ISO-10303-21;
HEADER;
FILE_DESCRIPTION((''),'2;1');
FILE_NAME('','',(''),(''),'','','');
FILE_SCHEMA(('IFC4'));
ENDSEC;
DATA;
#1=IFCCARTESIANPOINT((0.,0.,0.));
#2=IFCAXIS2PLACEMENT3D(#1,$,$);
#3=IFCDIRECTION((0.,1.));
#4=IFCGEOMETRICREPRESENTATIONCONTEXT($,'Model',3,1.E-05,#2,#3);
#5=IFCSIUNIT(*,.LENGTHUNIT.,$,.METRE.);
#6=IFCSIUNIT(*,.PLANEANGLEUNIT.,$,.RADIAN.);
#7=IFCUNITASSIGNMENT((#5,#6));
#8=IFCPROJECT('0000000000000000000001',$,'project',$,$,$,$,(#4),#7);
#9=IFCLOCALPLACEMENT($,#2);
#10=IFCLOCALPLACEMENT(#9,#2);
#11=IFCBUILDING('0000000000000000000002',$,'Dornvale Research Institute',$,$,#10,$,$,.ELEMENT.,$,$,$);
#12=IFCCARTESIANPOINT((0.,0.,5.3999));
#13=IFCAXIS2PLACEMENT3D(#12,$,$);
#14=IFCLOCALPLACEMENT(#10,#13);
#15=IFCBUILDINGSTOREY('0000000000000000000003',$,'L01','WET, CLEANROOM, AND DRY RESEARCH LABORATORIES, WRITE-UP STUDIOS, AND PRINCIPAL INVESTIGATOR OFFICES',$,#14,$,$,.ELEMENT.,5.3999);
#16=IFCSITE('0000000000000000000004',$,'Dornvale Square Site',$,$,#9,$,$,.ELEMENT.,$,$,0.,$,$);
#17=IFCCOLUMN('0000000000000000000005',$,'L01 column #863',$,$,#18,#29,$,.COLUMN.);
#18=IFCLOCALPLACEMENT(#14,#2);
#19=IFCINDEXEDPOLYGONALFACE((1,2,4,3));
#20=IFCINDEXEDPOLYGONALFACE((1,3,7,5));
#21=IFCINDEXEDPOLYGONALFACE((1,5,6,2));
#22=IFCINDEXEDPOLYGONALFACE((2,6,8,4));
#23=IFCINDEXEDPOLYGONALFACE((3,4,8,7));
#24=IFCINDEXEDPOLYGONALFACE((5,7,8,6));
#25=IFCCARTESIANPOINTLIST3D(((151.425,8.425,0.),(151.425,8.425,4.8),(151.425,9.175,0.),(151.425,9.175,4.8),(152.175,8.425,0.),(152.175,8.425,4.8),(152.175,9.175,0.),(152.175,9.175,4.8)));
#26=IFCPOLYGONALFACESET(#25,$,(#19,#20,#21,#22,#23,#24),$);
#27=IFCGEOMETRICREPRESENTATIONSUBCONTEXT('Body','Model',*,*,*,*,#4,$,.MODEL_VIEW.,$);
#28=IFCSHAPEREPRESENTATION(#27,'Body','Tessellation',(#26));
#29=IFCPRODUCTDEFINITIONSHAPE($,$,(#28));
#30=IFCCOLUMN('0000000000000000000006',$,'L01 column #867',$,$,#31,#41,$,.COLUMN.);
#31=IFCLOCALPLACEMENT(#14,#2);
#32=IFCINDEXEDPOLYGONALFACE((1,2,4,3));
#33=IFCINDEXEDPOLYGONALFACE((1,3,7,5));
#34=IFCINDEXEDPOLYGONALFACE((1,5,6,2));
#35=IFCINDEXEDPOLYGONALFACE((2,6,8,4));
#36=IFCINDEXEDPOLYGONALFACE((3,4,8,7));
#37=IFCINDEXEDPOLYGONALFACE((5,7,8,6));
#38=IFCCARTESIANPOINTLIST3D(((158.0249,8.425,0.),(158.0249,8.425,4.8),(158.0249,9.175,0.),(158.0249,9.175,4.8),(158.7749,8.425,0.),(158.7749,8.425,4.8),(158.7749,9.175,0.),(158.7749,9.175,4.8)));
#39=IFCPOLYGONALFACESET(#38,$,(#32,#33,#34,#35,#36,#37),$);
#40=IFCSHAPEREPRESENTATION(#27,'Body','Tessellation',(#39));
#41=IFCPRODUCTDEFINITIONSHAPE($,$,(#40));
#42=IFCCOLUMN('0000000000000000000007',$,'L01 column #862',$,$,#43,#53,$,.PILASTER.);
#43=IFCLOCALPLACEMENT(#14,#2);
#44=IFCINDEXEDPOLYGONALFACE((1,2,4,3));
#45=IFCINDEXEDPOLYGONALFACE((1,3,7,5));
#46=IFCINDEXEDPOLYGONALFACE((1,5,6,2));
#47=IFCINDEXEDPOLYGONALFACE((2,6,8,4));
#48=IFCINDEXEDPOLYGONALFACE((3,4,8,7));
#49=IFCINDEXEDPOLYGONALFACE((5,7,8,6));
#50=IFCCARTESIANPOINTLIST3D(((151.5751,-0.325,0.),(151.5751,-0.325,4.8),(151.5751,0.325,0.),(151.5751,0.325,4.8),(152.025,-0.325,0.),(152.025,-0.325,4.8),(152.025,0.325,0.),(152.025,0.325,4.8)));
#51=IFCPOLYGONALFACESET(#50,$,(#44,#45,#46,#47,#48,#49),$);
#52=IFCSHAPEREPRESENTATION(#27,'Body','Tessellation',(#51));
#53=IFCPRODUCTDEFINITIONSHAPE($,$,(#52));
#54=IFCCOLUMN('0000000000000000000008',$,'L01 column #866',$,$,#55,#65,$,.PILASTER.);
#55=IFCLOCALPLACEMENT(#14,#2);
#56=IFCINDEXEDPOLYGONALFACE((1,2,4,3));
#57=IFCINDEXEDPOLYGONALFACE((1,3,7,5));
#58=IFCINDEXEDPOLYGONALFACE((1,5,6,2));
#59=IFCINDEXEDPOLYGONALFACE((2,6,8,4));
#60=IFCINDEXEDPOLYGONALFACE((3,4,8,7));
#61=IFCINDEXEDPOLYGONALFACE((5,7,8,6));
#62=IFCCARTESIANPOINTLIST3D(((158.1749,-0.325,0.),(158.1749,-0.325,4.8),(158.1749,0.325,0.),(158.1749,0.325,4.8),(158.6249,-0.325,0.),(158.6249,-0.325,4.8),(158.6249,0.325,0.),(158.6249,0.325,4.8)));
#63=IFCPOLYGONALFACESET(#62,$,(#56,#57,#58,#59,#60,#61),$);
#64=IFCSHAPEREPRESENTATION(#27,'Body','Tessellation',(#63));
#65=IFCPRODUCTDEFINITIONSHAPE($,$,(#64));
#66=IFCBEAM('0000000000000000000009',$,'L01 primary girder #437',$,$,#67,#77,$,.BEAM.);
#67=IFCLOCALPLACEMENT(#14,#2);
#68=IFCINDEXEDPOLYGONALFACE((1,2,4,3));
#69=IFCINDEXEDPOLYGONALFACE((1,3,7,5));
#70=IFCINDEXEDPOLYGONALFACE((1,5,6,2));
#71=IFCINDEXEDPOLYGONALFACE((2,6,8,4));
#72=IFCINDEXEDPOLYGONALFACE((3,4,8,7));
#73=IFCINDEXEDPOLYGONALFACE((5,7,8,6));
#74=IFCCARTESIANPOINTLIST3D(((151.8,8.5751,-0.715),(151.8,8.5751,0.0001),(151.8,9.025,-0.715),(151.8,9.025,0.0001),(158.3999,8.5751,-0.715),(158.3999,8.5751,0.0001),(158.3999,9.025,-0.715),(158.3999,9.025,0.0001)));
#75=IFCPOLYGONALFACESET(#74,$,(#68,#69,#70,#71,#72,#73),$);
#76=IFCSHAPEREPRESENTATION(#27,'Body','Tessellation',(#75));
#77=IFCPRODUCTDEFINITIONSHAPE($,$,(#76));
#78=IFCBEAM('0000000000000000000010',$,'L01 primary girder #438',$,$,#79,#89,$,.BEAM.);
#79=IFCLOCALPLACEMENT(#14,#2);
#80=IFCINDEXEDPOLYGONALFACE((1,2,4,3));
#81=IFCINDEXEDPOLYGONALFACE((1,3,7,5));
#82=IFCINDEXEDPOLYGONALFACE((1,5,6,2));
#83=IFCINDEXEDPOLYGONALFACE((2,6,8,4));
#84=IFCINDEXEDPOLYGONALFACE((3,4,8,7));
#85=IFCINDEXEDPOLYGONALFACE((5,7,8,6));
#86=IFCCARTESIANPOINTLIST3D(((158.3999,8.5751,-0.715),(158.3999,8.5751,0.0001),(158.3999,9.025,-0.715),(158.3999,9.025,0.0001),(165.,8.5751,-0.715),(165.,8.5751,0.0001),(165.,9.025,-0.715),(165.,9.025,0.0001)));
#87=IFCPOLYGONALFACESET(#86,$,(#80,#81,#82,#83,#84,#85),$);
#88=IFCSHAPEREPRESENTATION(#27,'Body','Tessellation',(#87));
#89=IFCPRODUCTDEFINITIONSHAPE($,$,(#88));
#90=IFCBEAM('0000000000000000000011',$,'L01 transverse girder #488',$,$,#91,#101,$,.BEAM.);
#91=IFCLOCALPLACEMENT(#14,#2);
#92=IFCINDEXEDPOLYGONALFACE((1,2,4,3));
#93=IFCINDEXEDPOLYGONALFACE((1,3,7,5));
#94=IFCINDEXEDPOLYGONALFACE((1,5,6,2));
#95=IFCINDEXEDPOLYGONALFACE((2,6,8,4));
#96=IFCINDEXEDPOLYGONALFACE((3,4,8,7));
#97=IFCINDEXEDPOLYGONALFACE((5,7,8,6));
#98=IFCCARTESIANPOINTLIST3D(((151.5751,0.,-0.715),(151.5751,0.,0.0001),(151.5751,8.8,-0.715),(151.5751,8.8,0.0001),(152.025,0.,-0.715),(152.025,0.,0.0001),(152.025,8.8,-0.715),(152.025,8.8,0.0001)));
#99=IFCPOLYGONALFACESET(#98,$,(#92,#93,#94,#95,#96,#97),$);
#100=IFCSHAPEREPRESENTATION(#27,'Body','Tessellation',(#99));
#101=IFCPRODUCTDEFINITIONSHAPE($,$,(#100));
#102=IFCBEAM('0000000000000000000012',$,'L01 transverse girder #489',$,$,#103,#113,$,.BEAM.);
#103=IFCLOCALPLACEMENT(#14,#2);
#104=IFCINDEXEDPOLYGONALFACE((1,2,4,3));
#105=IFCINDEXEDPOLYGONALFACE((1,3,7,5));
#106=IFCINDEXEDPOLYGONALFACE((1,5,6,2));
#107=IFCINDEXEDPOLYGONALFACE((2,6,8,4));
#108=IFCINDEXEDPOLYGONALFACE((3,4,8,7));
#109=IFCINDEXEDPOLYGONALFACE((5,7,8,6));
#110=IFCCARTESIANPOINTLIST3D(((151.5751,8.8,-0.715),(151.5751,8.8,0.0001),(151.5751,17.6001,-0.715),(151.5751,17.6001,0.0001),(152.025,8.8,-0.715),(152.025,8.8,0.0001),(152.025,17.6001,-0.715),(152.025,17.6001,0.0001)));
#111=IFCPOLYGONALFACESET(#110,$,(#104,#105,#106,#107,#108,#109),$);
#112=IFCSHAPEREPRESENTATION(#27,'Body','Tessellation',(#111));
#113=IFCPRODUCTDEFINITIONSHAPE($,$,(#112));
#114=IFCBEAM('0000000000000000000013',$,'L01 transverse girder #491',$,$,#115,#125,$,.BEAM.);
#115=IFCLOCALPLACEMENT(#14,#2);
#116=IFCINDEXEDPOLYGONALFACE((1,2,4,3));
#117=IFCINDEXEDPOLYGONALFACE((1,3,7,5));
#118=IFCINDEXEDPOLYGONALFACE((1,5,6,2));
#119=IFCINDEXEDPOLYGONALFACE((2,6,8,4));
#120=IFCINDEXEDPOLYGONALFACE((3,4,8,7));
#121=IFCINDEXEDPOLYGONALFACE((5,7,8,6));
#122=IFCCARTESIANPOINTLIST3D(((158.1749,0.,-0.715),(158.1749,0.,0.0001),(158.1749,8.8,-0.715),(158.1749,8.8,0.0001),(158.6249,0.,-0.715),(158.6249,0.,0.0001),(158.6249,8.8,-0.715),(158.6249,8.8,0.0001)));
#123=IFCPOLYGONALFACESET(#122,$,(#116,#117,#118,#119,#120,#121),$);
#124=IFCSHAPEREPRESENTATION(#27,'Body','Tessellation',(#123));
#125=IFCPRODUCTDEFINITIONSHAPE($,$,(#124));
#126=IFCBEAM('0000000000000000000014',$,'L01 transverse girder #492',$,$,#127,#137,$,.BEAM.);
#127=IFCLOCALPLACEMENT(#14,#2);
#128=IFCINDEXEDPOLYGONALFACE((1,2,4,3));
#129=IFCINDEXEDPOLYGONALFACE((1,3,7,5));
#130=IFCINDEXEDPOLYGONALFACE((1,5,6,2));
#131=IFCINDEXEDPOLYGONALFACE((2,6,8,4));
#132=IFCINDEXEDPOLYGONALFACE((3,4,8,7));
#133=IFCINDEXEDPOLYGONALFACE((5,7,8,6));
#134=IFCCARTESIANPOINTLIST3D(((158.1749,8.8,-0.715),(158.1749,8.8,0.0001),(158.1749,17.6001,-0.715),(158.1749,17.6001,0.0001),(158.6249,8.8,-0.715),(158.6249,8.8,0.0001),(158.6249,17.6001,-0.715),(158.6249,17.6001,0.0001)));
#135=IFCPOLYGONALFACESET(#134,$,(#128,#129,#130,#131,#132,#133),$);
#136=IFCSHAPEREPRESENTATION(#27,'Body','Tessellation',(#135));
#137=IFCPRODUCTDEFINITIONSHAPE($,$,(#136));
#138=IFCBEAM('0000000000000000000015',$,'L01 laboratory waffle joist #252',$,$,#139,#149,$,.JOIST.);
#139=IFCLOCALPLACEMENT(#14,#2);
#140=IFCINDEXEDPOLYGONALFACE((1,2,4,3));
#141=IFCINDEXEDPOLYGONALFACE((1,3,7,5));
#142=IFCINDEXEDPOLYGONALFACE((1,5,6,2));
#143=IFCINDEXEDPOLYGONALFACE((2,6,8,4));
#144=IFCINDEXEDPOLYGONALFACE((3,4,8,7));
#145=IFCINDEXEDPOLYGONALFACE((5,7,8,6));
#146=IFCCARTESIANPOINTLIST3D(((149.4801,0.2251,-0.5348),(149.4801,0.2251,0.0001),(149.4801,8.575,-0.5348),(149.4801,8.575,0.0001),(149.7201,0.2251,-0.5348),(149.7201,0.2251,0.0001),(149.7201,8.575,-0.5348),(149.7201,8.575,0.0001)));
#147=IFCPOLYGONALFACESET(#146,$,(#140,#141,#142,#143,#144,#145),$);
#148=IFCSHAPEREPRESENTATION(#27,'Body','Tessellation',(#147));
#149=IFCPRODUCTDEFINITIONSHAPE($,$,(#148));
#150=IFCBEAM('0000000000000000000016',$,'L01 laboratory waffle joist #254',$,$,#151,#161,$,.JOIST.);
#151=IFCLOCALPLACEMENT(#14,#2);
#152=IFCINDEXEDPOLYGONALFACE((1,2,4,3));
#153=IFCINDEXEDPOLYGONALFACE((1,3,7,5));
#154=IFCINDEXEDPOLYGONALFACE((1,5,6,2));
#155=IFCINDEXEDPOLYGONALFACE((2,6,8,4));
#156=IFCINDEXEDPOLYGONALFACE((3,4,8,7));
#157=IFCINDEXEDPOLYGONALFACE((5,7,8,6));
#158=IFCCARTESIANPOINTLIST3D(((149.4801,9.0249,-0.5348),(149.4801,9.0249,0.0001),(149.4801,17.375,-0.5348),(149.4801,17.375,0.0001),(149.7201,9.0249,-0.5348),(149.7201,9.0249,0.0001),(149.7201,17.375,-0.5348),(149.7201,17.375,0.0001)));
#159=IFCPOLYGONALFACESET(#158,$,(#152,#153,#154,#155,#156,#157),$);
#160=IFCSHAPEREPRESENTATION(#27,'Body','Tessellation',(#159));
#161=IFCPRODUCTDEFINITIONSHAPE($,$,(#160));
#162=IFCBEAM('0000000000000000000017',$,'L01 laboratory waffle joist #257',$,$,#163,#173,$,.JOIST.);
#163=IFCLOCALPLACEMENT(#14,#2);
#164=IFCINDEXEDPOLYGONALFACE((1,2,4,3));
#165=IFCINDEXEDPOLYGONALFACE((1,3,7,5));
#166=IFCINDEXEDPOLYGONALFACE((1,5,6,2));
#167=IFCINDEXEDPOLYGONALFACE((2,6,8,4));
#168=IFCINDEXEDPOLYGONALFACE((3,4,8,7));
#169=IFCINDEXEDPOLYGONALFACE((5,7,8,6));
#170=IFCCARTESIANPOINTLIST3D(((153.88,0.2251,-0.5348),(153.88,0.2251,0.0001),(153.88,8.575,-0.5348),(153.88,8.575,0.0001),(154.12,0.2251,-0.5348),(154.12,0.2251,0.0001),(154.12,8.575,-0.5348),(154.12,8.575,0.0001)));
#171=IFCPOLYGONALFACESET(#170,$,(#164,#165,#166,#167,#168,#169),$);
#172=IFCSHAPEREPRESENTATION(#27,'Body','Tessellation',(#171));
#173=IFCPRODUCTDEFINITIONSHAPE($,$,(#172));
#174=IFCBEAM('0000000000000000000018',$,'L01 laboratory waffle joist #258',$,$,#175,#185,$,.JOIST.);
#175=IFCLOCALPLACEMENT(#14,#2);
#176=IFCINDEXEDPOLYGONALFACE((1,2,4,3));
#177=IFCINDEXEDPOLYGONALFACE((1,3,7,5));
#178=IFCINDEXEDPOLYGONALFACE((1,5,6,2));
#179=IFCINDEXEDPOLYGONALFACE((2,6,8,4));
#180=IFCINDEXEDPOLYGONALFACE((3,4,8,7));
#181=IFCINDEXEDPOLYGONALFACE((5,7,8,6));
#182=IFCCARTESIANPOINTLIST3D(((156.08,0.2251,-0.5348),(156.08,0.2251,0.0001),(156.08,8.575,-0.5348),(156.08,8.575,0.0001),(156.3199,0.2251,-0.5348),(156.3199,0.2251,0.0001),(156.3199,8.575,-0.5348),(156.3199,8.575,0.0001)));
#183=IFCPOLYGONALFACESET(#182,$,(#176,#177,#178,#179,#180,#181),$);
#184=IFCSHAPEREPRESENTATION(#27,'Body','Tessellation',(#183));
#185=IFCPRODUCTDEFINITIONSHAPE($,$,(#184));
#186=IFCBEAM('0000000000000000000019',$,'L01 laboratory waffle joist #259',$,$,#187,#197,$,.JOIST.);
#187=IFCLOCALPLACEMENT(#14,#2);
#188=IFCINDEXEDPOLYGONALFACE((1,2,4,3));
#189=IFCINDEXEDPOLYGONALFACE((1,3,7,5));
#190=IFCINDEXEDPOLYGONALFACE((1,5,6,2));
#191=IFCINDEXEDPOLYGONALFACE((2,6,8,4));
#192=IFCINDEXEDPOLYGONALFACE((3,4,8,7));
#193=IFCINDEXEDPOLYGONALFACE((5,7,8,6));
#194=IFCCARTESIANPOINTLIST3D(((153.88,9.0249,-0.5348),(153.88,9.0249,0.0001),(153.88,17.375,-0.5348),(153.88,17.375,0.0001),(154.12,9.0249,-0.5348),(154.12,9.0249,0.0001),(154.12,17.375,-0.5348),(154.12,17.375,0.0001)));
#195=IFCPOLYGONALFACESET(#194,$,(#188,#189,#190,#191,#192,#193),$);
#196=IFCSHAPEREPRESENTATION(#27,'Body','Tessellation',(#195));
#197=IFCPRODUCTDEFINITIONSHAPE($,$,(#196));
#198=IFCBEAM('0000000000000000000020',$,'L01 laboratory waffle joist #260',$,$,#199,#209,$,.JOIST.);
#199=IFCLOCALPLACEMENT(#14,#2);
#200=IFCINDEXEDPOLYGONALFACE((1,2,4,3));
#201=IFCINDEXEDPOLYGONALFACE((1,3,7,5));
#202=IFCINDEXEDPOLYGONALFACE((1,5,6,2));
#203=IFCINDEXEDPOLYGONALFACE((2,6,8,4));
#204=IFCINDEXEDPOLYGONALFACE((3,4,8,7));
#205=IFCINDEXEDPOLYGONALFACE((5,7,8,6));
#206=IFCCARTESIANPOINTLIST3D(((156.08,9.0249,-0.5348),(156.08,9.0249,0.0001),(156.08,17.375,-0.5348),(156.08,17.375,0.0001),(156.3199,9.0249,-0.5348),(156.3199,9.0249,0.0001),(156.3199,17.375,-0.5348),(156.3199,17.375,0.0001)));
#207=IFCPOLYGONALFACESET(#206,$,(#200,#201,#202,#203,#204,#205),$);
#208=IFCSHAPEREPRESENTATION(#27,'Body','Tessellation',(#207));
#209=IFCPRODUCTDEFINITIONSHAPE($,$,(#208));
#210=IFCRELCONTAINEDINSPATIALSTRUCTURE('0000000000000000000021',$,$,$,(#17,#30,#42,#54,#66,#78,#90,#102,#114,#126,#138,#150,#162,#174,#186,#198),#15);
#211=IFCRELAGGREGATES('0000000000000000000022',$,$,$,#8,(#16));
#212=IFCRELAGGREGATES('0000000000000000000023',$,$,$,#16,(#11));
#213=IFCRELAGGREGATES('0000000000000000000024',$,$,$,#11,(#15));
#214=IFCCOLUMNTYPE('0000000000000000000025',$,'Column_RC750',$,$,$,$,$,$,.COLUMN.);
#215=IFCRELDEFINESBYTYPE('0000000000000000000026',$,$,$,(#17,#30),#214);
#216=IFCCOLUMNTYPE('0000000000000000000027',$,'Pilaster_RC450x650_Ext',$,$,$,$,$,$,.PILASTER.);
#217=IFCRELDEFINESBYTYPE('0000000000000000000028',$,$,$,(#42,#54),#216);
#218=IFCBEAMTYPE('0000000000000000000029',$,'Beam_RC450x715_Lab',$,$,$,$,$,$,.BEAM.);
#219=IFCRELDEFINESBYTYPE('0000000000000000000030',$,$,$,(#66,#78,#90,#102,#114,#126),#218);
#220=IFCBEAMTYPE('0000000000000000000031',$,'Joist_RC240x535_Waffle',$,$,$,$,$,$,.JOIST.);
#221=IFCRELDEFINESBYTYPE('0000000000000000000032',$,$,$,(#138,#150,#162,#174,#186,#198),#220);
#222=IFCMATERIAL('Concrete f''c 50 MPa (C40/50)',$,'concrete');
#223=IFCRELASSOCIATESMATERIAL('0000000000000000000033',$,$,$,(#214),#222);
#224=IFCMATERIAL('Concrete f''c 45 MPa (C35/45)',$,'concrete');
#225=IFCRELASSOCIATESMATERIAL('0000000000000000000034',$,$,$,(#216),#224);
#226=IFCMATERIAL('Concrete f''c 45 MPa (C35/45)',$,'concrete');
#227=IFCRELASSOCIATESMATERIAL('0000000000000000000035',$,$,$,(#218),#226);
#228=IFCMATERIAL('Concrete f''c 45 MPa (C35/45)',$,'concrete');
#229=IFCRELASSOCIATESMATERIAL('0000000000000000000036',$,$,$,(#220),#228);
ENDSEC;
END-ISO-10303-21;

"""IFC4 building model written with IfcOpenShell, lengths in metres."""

from ifc_helpers import new_model, si_unit, direction, frame, origin, origin_2d, place, context, subcontext, project, spatial, rectangle, extrude, material, material_profile, profile_set, type_object, element, save


model = new_model("IFC4")

# Units and contexts
model_context = context("Model", 3, precision=1e-05, world=origin(), true_north=direction((0.0, 1.0)))
body_context = subcontext(model_context, "Body", "Model", "MODEL_VIEW")
ifc_project = project(units=[si_unit("LENGTHUNIT", "METRE"), si_unit("PLANEANGLEUNIT", "RADIAN")], contexts=[model_context])

# Site, building, storey
site_placement = place(None, origin())
site = spatial("IfcSite", under=ifc_project, at=site_placement, Name="Dornvale Square Site", CompositionType="ELEMENT", RefElevation=0.0)
building_placement = place(site_placement, origin())
building = spatial("IfcBuilding", under=site, at=building_placement, Name="Dornvale Research Institute", CompositionType="ELEMENT")
storey_placement = place(building_placement, frame((0.0, 0.0, 5.3999)))
storey = spatial("IfcBuildingStorey", under=building, at=storey_placement, Name="L01", Description="WET, CLEANROOM, AND DRY RESEARCH LABORATORIES, WRITE-UP STUDIOS, AND PRINCIPAL INVESTIGATOR OFFICES", CompositionType="ELEMENT", Elevation=5.3999)

# Columns
ifc_material_1 = material(Name="Concrete f'c 50 MPa (C40/50)", Category="concrete")
ifc_material_profile_1 = material_profile(ifc_material_1, rectangle(XDim=0.75, YDim=0.75, at=origin_2d()), Name="RC 750x750")
ifc_profile_set_1 = profile_set([ifc_material_profile_1], Name="Concrete f'c 50 MPa (C40/50)")
column_type_1 = type_object("IfcColumnType", Name="Column_RC750", PredefinedType="COLUMN", material=ifc_profile_set_1)
for number, where, z_axis, x_axis, name in (
    (1, (151.8, 8.8, 0.0), (0.0, 0.0, 1.0), (1.0, 0.0, 0.0), "L01 column #863"),
    (2, (158.3999, 8.8, 0.0), (0.0, 0.0, 1.0), (1.0, 0.0, 0.0), "L01 column #867"),
):
    element("IfcColumn", number, at=place(storey_placement, frame(where, z_axis=z_axis, x_axis=x_axis)), inside=storey, type_object=column_type_1, Name=name, PredefinedType="COLUMN", context=body_context, shape_type="SweptSolid", body=[
        extrude(rectangle(XDim=0.75, YDim=0.75, at=origin_2d()), origin(), (0.0, 0.0, 1.0), 4.8),
    ])
ifc_material_2 = material(Name="Concrete f'c 45 MPa (C35/45)", Category="concrete")
ifc_material_profile_2 = material_profile(ifc_material_2, rectangle(XDim=0.45, YDim=0.6499, at=origin_2d()), Name="RC 450x650")
ifc_profile_set_2 = profile_set([ifc_material_profile_2], Name="Concrete f'c 45 MPa (C35/45)")
column_type_2 = type_object("IfcColumnType", Name="Pilaster_RC450x650_Ext", PredefinedType="PILASTER", material=ifc_profile_set_2)
for number, where, z_axis, x_axis, name in (
    (3, (151.8, 0.0, 0.0), (0.0, 0.0, 1.0), (1.0, 0.0, 0.0), "L01 column #862"),
    (4, (158.3999, 0.0, 0.0), (0.0, 0.0, 1.0), (1.0, 0.0, 0.0), "L01 column #866"),
):
    element("IfcColumn", number, at=place(storey_placement, frame(where, z_axis=z_axis, x_axis=x_axis)), inside=storey, type_object=column_type_2, Name=name, PredefinedType="PILASTER", context=body_context, shape_type="SweptSolid", body=[
        extrude(rectangle(XDim=0.45, YDim=0.6499, at=origin_2d()), origin(), (0.0, 0.0, 1.0), 4.8),
    ])

# Beams
ifc_material_3 = material(Name="Concrete f'c 45 MPa (C35/45)", Category="concrete")
ifc_material_profile_3 = material_profile(ifc_material_3, rectangle(XDim=0.45, YDim=0.7151, at=origin_2d()), Name="RC 450x715")
ifc_profile_set_3 = profile_set([ifc_material_profile_3], Name="Concrete f'c 45 MPa (C35/45)")
beam_type_1 = type_object("IfcBeamType", Name="Beam_RC450x715_Lab", PredefinedType="BEAM", material=ifc_profile_set_3)
beam_1_placement = place(storey_placement, frame((151.8, 8.8, -0.3574), z_axis=(1.0, 0.0, 0.0), x_axis=(0.0, 1.0, 0.0)))
element("IfcBeam", 5, at=beam_1_placement, inside=storey, type_object=beam_type_1, Name="L01 primary girder #437", PredefinedType="BEAM", context=body_context, shape_type="SweptSolid", body=[
    extrude(rectangle(XDim=0.45, YDim=0.7151, at=origin_2d()), origin(), (0.0, 0.0, 1.0), 6.5999),
])
beam_2_placement = place(storey_placement, frame((158.3999, 8.8, -0.3574), z_axis=(1.0, 0.0, 0.0), x_axis=(0.0, 1.0, 0.0)))
element("IfcBeam", 6, at=beam_2_placement, inside=storey, type_object=beam_type_1, Name="L01 primary girder #438", PredefinedType="BEAM", context=body_context, shape_type="SweptSolid", body=[
    extrude(rectangle(XDim=0.45, YDim=0.7151, at=origin_2d()), origin(), (0.0, 0.0, 1.0), 6.6001),
])
for number, where, z_axis, x_axis, name in (
    (7, (151.8, 0.0, -0.3574), (0.0, 1.0, 0.0), (-1.0, 0.0, 0.0), "L01 transverse girder #488"),
    (8, (151.8, 8.8, -0.3574), (0.0, 1.0, 0.0), (-1.0, 0.0, 0.0), "L01 transverse girder #489"),
    (9, (158.3999, 0.0, -0.3574), (0.0, 1.0, 0.0), (-1.0, 0.0, 0.0), "L01 transverse girder #491"),
    (10, (158.3999, 8.8, -0.3574), (0.0, 1.0, 0.0), (-1.0, 0.0, 0.0), "L01 transverse girder #492"),
):
    element("IfcBeam", number, at=place(storey_placement, frame(where, z_axis=z_axis, x_axis=x_axis)), inside=storey, type_object=beam_type_1, Name=name, PredefinedType="BEAM", context=body_context, shape_type="SweptSolid", body=[
        extrude(rectangle(XDim=0.45, YDim=0.7151, at=origin_2d()), origin(), (0.0, 0.0, 1.0), 8.8),
    ])
ifc_material_4 = material(Name="Concrete f'c 45 MPa (C35/45)", Category="concrete")
ifc_material_profile_4 = material_profile(ifc_material_4, rectangle(XDim=0.24, YDim=0.5349, at=origin_2d()), Name="RC 240x535")
ifc_profile_set_4 = profile_set([ifc_material_profile_4], Name="Concrete f'c 45 MPa (C35/45)")
beam_type_2 = type_object("IfcBeamType", Name="Joist_RC240x535_Waffle", PredefinedType="JOIST", material=ifc_profile_set_4)
beam_3_placement = place(storey_placement, frame((149.6001, 0.2251, -0.2673), z_axis=(0.0, 1.0, 0.0), x_axis=(-1.0, 0.0, 0.0)))
element("IfcBeam", 11, at=beam_3_placement, inside=storey, type_object=beam_type_2, Name="L01 laboratory waffle joist #252", PredefinedType="JOIST", context=body_context, shape_type="SweptSolid", body=[
    extrude(rectangle(XDim=0.24, YDim=0.5349, at=origin_2d()), origin(), (0.0, 0.0, 1.0), 8.3499),
])
beam_4_placement = place(storey_placement, frame((149.6001, 9.0249, -0.2673), z_axis=(0.0, 1.0, 0.0), x_axis=(-1.0, 0.0, 0.0)))
element("IfcBeam", 12, at=beam_4_placement, inside=storey, type_object=beam_type_2, Name="L01 laboratory waffle joist #254", PredefinedType="JOIST", context=body_context, shape_type="SweptSolid", body=[
    extrude(rectangle(XDim=0.24, YDim=0.5349, at=origin_2d()), origin(), (0.0, 0.0, 1.0), 8.3501),
])
for number, where, z_axis, x_axis, name in (
    (13, (154.0, 0.2251, -0.2673), (0.0, 1.0, 0.0), (-1.0, 0.0, 0.0), "L01 laboratory waffle joist #257"),
    (14, (156.2, 0.2251, -0.2673), (0.0, 1.0, 0.0), (-1.0, 0.0, 0.0), "L01 laboratory waffle joist #258"),
):
    element("IfcBeam", number, at=place(storey_placement, frame(where, z_axis=z_axis, x_axis=x_axis)), inside=storey, type_object=beam_type_2, Name=name, PredefinedType="JOIST", context=body_context, shape_type="SweptSolid", body=[
        extrude(rectangle(XDim=0.24, YDim=0.5349, at=origin_2d()), origin(), (0.0, 0.0, 1.0), 8.3499),
    ])
for number, where, z_axis, x_axis, name in (
    (15, (154.0, 9.0249, -0.2673), (0.0, 1.0, 0.0), (-1.0, 0.0, 0.0), "L01 laboratory waffle joist #259"),
    (16, (156.2, 9.0249, -0.2673), (0.0, 1.0, 0.0), (-1.0, 0.0, 0.0), "L01 laboratory waffle joist #260"),
):
    element("IfcBeam", number, at=place(storey_placement, frame(where, z_axis=z_axis, x_axis=x_axis)), inside=storey, type_object=beam_type_2, Name=name, PredefinedType="JOIST", context=body_context, shape_type="SweptSolid", body=[
        extrude(rectangle(XDim=0.24, YDim=0.5349, at=origin_2d()), origin(), (0.0, 0.0, 1.0), 8.3501),
    ])

save(model, "model.ifc")
